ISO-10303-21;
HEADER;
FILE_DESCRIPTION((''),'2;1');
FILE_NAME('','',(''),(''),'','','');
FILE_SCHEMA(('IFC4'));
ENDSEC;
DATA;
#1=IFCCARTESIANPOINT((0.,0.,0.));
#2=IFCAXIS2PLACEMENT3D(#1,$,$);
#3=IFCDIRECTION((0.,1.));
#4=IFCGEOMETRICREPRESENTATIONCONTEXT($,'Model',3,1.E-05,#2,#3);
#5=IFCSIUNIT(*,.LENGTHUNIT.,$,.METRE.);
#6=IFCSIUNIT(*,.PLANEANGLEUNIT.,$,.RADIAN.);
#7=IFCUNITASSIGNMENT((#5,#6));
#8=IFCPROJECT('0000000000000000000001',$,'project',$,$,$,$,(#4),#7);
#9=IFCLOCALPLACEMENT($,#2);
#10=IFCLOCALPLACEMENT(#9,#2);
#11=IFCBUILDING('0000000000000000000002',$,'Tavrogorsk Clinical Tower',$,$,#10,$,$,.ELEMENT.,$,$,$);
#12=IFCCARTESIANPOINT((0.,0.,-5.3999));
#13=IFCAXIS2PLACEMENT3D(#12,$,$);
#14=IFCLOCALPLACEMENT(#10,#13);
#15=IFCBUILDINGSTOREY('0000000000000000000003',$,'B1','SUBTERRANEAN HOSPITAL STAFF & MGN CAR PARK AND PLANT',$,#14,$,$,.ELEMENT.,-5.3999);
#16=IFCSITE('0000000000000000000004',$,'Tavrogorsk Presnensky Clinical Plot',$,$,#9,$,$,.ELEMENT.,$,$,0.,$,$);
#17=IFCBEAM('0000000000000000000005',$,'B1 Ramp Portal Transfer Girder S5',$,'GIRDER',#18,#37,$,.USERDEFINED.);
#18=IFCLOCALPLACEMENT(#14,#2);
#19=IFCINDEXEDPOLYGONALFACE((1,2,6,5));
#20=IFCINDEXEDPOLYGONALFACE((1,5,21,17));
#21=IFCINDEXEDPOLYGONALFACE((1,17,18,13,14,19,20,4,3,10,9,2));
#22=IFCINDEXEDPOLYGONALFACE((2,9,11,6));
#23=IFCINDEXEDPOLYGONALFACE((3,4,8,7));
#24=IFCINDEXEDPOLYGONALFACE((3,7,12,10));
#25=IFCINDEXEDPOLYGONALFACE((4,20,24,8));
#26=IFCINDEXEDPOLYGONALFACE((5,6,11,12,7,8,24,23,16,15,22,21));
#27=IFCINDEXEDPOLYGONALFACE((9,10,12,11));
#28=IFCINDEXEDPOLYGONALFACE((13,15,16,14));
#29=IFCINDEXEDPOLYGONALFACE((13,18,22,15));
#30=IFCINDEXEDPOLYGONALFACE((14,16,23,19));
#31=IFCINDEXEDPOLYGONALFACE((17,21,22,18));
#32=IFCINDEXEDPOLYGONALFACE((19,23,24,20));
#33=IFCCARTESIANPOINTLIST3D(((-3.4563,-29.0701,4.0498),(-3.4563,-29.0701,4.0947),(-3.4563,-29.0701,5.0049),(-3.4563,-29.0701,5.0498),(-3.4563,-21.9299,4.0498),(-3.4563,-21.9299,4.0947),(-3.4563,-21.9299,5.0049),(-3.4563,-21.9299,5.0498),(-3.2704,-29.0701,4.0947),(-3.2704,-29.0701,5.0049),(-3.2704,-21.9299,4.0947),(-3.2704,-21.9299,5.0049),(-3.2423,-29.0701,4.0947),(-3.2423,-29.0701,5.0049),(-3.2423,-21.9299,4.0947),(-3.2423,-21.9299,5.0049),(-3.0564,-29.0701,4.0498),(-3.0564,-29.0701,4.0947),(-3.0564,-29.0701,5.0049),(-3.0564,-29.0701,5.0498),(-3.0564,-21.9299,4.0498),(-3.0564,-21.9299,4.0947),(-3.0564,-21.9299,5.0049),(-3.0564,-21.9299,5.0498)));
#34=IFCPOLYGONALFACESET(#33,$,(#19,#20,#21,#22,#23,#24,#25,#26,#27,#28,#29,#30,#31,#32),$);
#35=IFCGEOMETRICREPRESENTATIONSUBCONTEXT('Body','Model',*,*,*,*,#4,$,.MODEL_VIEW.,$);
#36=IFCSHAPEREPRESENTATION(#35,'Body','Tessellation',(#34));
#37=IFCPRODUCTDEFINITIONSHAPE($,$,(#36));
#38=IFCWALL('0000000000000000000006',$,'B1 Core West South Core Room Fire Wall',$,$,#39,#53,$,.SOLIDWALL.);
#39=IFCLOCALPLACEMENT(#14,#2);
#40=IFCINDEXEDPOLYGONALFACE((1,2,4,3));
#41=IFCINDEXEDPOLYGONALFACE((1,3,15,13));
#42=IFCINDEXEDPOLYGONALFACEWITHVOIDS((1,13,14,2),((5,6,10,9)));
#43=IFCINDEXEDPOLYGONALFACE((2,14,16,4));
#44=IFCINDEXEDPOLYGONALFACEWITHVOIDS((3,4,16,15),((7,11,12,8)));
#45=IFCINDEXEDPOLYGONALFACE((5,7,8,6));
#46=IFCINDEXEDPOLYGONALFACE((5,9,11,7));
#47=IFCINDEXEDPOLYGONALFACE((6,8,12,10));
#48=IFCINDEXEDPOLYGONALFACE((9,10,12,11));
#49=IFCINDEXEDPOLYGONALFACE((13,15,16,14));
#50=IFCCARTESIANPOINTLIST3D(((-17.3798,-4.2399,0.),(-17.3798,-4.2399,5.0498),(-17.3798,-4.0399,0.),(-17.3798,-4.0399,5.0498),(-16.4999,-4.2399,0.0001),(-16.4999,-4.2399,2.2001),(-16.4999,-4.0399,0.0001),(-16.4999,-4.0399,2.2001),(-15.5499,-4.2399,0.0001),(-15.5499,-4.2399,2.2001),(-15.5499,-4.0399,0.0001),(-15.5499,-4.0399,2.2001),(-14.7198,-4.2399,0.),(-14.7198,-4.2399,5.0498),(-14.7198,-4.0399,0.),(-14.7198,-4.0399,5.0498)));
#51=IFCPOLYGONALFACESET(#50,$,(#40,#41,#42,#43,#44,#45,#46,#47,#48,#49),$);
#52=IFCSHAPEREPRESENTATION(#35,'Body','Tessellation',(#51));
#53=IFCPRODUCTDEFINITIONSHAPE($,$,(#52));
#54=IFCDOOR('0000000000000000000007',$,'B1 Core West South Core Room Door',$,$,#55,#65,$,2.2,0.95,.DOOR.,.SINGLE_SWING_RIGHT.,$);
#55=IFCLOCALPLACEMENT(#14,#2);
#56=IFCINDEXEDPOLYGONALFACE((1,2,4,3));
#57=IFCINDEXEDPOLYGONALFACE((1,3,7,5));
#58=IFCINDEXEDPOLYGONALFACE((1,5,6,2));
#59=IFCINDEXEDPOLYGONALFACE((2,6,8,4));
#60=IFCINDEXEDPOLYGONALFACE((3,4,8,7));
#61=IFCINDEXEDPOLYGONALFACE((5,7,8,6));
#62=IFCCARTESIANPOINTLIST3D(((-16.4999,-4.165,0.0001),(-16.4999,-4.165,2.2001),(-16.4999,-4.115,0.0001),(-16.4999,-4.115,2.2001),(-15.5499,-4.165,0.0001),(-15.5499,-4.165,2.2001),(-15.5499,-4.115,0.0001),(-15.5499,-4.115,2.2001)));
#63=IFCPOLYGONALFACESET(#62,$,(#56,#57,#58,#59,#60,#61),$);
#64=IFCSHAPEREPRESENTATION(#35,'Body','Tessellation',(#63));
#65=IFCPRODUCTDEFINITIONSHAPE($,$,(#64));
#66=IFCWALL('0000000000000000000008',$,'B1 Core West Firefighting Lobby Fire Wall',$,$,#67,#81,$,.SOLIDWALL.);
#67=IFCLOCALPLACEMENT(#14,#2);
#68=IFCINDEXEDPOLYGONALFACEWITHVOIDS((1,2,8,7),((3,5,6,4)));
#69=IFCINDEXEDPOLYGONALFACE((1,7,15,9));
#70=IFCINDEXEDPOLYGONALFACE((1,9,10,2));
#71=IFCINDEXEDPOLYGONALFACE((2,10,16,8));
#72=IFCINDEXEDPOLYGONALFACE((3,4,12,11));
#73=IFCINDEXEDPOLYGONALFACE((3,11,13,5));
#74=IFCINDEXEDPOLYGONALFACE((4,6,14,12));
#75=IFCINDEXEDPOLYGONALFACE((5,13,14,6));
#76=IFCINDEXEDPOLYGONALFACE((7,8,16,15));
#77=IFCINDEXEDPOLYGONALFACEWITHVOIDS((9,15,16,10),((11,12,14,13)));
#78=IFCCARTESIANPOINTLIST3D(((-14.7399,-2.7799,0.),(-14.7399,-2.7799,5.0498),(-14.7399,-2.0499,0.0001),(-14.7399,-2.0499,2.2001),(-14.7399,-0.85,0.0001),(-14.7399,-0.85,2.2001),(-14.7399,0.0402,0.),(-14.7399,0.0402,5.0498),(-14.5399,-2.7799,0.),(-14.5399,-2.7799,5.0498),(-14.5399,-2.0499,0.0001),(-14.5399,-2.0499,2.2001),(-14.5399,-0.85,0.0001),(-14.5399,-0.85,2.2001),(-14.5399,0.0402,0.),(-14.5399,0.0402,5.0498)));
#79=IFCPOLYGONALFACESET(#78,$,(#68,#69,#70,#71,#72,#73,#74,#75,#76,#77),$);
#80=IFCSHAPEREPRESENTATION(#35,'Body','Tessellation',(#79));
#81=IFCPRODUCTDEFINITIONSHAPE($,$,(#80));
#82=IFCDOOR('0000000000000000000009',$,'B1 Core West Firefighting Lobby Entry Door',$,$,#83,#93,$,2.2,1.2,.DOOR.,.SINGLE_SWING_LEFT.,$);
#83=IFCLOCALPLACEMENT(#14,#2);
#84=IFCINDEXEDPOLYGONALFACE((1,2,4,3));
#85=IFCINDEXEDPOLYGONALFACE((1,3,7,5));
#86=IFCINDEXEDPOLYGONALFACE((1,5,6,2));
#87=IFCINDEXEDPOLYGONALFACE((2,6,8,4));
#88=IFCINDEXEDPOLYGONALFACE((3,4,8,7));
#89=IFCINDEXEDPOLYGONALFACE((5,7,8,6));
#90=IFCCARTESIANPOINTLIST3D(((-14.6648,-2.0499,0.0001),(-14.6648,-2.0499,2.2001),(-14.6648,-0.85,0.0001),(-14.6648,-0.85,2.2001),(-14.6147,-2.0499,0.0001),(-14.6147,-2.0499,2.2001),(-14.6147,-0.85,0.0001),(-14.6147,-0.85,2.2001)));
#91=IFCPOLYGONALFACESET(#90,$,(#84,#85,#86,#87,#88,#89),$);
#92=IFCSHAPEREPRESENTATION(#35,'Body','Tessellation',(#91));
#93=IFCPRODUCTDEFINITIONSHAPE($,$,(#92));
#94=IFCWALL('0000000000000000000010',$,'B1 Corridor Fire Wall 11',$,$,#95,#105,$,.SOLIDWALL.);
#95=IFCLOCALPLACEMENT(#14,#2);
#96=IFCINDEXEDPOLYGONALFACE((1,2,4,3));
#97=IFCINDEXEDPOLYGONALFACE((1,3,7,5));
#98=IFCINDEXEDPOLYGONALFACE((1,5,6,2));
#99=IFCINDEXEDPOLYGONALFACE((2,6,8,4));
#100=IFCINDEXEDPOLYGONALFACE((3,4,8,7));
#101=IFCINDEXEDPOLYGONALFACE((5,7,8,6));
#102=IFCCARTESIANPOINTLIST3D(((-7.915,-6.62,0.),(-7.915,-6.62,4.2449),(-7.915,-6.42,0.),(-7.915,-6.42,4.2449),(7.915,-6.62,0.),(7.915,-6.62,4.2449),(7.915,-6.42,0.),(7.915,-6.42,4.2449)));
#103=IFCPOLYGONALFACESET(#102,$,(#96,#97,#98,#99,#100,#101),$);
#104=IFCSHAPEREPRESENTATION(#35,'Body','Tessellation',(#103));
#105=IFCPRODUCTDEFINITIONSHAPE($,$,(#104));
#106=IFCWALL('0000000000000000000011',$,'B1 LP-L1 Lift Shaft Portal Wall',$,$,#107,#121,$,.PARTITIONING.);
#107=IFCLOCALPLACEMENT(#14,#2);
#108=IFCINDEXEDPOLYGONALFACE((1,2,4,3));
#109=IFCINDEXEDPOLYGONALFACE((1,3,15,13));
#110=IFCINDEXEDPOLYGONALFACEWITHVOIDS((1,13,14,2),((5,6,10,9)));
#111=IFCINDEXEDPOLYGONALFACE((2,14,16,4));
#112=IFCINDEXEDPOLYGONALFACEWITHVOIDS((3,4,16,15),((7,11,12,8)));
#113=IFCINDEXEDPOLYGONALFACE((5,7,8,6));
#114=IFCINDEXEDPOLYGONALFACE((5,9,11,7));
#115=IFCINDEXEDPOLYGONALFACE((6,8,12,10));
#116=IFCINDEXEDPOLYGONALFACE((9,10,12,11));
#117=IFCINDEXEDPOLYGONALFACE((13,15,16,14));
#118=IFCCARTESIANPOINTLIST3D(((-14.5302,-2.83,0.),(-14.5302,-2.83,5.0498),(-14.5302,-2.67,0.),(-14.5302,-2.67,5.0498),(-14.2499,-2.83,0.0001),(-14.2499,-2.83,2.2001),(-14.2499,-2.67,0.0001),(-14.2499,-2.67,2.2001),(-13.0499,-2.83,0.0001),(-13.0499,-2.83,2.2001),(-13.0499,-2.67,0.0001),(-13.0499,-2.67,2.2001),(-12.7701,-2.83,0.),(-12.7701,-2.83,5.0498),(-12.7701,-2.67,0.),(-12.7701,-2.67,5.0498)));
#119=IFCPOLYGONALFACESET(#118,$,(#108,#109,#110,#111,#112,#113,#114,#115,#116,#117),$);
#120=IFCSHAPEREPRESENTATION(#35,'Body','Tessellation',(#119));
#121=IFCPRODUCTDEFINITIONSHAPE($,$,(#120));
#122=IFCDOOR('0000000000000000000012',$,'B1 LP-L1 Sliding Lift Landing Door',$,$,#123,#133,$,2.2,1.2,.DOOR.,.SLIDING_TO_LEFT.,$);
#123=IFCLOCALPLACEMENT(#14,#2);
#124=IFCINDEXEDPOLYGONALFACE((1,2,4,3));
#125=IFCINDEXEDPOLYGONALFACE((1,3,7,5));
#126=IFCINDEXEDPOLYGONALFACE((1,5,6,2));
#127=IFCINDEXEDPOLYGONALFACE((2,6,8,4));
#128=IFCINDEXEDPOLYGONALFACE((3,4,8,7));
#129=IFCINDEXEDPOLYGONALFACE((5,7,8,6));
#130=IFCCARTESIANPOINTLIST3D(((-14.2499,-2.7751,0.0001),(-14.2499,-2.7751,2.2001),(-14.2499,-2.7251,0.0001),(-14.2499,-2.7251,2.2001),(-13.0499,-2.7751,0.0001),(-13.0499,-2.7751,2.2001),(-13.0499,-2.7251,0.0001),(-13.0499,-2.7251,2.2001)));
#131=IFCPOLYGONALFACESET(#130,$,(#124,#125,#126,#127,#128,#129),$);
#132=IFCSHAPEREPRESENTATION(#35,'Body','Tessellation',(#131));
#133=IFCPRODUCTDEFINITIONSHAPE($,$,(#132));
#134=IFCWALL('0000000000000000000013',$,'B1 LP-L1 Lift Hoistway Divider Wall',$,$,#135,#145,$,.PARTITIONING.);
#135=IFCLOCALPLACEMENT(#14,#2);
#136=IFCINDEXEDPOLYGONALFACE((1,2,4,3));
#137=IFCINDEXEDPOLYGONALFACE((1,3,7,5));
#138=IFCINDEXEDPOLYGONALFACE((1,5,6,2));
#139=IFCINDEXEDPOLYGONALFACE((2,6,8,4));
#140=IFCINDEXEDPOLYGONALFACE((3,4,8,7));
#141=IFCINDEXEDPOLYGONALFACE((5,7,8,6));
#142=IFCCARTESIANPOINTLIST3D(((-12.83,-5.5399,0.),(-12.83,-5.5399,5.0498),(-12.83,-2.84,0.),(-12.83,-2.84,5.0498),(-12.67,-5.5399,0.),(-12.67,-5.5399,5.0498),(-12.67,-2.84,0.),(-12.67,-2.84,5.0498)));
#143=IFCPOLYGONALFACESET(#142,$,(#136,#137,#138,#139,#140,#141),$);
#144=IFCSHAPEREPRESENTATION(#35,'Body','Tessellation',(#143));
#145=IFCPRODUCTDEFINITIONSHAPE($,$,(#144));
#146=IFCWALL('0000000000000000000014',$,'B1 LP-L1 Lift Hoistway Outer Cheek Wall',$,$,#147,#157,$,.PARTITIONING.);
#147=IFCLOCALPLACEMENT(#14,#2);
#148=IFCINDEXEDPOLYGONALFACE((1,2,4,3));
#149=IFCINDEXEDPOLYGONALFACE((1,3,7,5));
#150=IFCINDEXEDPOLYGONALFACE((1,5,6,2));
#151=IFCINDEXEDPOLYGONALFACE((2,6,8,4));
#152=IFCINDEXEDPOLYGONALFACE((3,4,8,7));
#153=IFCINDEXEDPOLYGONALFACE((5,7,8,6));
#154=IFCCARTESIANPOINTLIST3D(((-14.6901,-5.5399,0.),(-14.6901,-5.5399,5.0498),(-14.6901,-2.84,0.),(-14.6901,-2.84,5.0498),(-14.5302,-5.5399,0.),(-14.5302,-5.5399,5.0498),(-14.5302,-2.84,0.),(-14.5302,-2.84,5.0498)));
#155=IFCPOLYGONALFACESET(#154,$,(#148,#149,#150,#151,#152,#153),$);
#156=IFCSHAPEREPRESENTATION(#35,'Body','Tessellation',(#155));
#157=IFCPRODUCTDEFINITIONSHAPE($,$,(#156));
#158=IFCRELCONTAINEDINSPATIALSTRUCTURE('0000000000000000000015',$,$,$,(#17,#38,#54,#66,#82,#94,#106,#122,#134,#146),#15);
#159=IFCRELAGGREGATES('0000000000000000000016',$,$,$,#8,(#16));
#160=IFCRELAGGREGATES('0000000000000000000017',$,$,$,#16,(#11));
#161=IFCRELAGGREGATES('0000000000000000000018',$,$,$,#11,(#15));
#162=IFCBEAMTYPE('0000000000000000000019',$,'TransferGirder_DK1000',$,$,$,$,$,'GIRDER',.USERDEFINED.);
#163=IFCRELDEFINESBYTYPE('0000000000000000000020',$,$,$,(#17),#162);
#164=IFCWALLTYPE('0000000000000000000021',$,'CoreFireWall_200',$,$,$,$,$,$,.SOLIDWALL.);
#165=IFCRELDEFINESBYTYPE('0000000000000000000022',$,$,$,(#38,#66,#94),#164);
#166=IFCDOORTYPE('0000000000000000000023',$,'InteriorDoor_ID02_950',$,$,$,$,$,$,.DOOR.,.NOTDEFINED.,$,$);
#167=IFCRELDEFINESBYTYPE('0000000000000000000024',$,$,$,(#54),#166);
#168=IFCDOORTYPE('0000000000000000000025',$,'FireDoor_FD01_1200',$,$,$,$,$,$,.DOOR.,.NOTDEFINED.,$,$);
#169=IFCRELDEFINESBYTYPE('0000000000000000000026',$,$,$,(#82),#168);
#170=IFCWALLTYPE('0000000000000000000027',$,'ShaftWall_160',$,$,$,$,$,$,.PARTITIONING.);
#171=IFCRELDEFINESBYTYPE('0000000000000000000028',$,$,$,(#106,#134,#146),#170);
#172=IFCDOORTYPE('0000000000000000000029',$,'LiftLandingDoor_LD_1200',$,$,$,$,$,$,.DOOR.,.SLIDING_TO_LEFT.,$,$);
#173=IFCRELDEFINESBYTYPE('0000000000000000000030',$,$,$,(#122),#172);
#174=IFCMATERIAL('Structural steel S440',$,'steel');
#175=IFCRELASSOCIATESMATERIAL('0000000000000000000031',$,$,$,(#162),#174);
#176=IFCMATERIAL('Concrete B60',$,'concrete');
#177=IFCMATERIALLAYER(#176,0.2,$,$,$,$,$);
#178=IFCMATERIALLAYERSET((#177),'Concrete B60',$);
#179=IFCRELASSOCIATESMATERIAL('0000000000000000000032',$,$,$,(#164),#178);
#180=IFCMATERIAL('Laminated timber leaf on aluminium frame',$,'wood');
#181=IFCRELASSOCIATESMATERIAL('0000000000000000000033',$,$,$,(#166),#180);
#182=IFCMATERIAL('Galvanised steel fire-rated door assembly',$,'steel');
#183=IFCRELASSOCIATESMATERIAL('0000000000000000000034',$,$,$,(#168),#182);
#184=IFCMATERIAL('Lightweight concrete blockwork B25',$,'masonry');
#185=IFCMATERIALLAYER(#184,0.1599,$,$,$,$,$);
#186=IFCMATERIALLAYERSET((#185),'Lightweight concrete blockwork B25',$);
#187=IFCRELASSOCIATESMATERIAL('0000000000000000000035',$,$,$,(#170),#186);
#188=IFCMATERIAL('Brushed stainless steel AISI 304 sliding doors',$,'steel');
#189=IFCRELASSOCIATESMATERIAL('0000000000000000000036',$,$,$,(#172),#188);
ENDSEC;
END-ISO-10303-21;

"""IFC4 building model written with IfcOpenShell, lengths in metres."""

from ifc_helpers import new_model, si_unit, direction, frame, frame_2d, origin, origin_2d, place, context, subcontext, project, spatial, rectangle, i_section, extrude, material, layer, layer_set, material_profile, profile_set, type_object, element, fill, save


model = new_model("IFC4")

# Units and contexts
model_context = context("Model", 3, precision=1e-05, world=origin(), true_north=direction((0.0, 1.0)))
body_context = subcontext(model_context, "Body", "Model", "MODEL_VIEW")
ifc_project = project(units=[si_unit("LENGTHUNIT", "METRE"), si_unit("PLANEANGLEUNIT", "RADIAN")], contexts=[model_context])

# Site, building, storey
site_placement = place(None, origin())
site = spatial("IfcSite", under=ifc_project, at=site_placement, Name="Tavrogorsk Presnensky Clinical Plot", CompositionType="ELEMENT", RefElevation=0.0)
building_placement = place(site_placement, origin())
building = spatial("IfcBuilding", under=site, at=building_placement, Name="Tavrogorsk Clinical Tower", CompositionType="ELEMENT")
storey_placement = place(building_placement, frame((0.0, 0.0, -5.3999)))
storey = spatial("IfcBuildingStorey", under=building, at=storey_placement, Name="B1", Description="SUBTERRANEAN HOSPITAL STAFF & MGN CAR PARK AND PLANT", CompositionType="ELEMENT", Elevation=-5.3999)

# Beam
ifc_material_1 = material(Name="Structural steel S440", Category="steel")
ifc_material_profile_1 = material_profile(ifc_material_1, i_section(OverallWidth=0.3999, OverallDepth=1.0, WebThickness=0.0281, FlangeThickness=0.0449, at=origin_2d()), Name="DK-1000x400x28x45")
ifc_profile_set_1 = profile_set([ifc_material_profile_1], Name="Structural steel S440")
beam_type_1 = type_object("IfcBeamType", Name="TransferGirder_DK1000", ElementType="GIRDER", PredefinedType="USERDEFINED", material=ifc_profile_set_1)
for number, where, z_axis, x_axis, name in (
    (1, (-3.2563, -29.0701, 4.5498), (0.0, 1.0, 0.0), (-1.0, 0.0, 0.0), "B1 Ramp Portal Transfer Girder S5"),
):
    element("IfcBeam", number, at=place(storey_placement, frame(where, z_axis=z_axis, x_axis=x_axis)), inside=storey, type_object=beam_type_1, Name=name, ObjectType="GIRDER", PredefinedType="USERDEFINED", context=body_context, shape_type="SweptSolid", body=[
        extrude(i_section(OverallWidth=0.3999, OverallDepth=1.0, WebThickness=0.0281, FlangeThickness=0.0449, at=origin_2d()), origin(), (0.0, 0.0, 1.0), 7.1401),
    ])

# Walls, openings, doors
ifc_material_2 = material(Name="Concrete B60", Category="concrete")
ifc_layer_1 = layer(ifc_material_2, 0.2)
ifc_layer_set_1 = layer_set([ifc_layer_1], Name="Concrete B60")
wall_type_1 = type_object("IfcWallType", Name="CoreFireWall_200", PredefinedType="SOLIDWALL", material=ifc_layer_set_1)
wall_1_placement = place(storey_placement, frame((-17.3799, -4.1399, 0.0), z_axis=(0.0, 0.0, 1.0), x_axis=(1.0, 0.0, 0.0)))
wall_1 = element("IfcWall", 2, at=wall_1_placement, inside=storey, type_object=wall_type_1, Name="B1 Core West South Core Room Fire Wall", PredefinedType="SOLIDWALL", context=body_context, shape_type="SweptSolid", body=[
    extrude(rectangle(XDim=2.6599, YDim=0.2, at=frame_2d((1.3301, 0.0))), origin(), (0.0, 0.0, 1.0), 5.0498),
])
opening_1_placement = place(wall_1_placement, frame((0.8799, 0.0, 0.0)))
opening_1 = element("IfcOpeningElement", 3, at=opening_1_placement, cuts=wall_1, PredefinedType="OPENING", context=body_context, shape_type="SweptSolid", body=[
    extrude(rectangle(XDim=0.95, YDim=2.2, at=frame_2d((0.4751, 1.1001))), frame((0.0, 0.1099, 0.0), z_axis=(0.0, -1.0, 0.0), x_axis=(1.0, 0.0, 0.0)), (0.0, 0.0, 1.0), 0.22),
])
ifc_material_3 = material(Name="Laminated timber leaf on aluminium frame", Category="wood")
door_type_1 = type_object("IfcDoorType", Name="InteriorDoor_ID02_950", OperationType="NOTDEFINED", PredefinedType="DOOR", material=ifc_material_3)
door_1_placement = place(opening_1_placement, origin())
door_1 = element("IfcDoor", 4, at=door_1_placement, inside=storey, type_object=door_type_1, Name="B1 Core West South Core Room Door", OperationType="SINGLE_SWING_RIGHT", OverallHeight=2.2, OverallWidth=0.95, PredefinedType="DOOR", context=body_context, shape_type="SweptSolid", body=[
    extrude(rectangle(XDim=0.95, YDim=2.2, at=frame_2d((0.4751, 1.1001))), frame((0.0, 0.0249, 0.0), z_axis=(0.0, -1.0, 0.0), x_axis=(1.0, 0.0, 0.0)), (0.0, 0.0, 1.0), 0.05),
])
fill(opening_1, door_1)
wall_2_placement = place(storey_placement, frame((-14.6399, -2.78, 0.0), z_axis=(0.0, 0.0, 1.0), x_axis=(0.0, 1.0, 0.0)))
wall_2 = element("IfcWall", 5, at=wall_2_placement, inside=storey, type_object=wall_type_1, Name="B1 Core West Firefighting Lobby Fire Wall", PredefinedType="SOLIDWALL", context=body_context, shape_type="SweptSolid", body=[
    extrude(rectangle(XDim=2.8201, YDim=0.2, at=frame_2d((1.4102, 0.0))), origin(), (0.0, 0.0, 1.0), 5.0498),
])
opening_2_placement = place(wall_2_placement, frame((0.73, 0.0, 0.0)))
opening_2 = element("IfcOpeningElement", 6, at=opening_2_placement, cuts=wall_2, PredefinedType="OPENING", context=body_context, shape_type="SweptSolid", body=[
    extrude(rectangle(XDim=1.2, YDim=2.2, at=frame_2d((0.6001, 1.1001))), frame((0.0, 0.1099, 0.0), z_axis=(0.0, -1.0, 0.0), x_axis=(1.0, 0.0, 0.0)), (0.0, 0.0, 1.0), 0.22),
])
ifc_material_4 = material(Name="Galvanised steel fire-rated door assembly", Category="steel")
door_type_2 = type_object("IfcDoorType", Name="FireDoor_FD01_1200", OperationType="NOTDEFINED", PredefinedType="DOOR", material=ifc_material_4)
door_2_placement = place(opening_2_placement, origin())
door_2 = element("IfcDoor", 7, at=door_2_placement, inside=storey, type_object=door_type_2, Name="B1 Core West Firefighting Lobby Entry Door", OperationType="SINGLE_SWING_LEFT", OverallHeight=2.2, OverallWidth=1.2, PredefinedType="DOOR", context=body_context, shape_type="SweptSolid", body=[
    extrude(rectangle(XDim=1.2, YDim=2.2, at=frame_2d((0.6001, 1.1001))), frame((0.0, 0.0249, 0.0), z_axis=(0.0, -1.0, 0.0), x_axis=(1.0, 0.0, 0.0)), (0.0, 0.0, 1.0), 0.05),
])
fill(opening_2, door_2)

# Wall
wall_3_placement = place(storey_placement, frame((-7.915, -6.52, 0.0), z_axis=(0.0, 0.0, 1.0), x_axis=(1.0, 0.0, 0.0)))
element("IfcWall", 8, at=wall_3_placement, inside=storey, type_object=wall_type_1, Name="B1 Corridor Fire Wall 11", PredefinedType="SOLIDWALL", context=body_context, shape_type="SweptSolid", body=[
    extrude(rectangle(XDim=15.8301, YDim=0.2, at=frame_2d((7.915, 0.0))), origin(), (0.0, 0.0, 1.0), 4.2449),
])

# Wall, opening, door
ifc_material_5 = material(Name="Lightweight concrete blockwork B25", Category="masonry")
ifc_layer_2 = layer(ifc_material_5, 0.1599)
ifc_layer_set_2 = layer_set([ifc_layer_2], Name="Lightweight concrete blockwork B25")
wall_type_2 = type_object("IfcWallType", Name="ShaftWall_160", PredefinedType="PARTITIONING", material=ifc_layer_set_2)
wall_4_placement = place(storey_placement, frame((-14.53, -2.75, 0.0), z_axis=(0.0, 0.0, 1.0), x_axis=(1.0, 0.0, 0.0)))
wall_4 = element("IfcWall", 9, at=wall_4_placement, inside=storey, type_object=wall_type_2, Name="B1 LP-L1 Lift Shaft Portal Wall", PredefinedType="PARTITIONING", context=body_context, shape_type="SweptSolid", body=[
    extrude(rectangle(XDim=1.76, YDim=0.1599, at=frame_2d((0.8799, 0.0))), origin(), (0.0, 0.0, 1.0), 5.0498),
])
opening_3_placement = place(wall_4_placement, frame((0.28, 0.0, 0.0)))
opening_3 = element("IfcOpeningElement", 10, at=opening_3_placement, cuts=wall_4, PredefinedType="OPENING", context=body_context, shape_type="SweptSolid", body=[
    extrude(rectangle(XDim=1.2, YDim=2.2, at=frame_2d((0.6001, 1.1001))), frame((0.0, 0.0898, 0.0), z_axis=(0.0, -1.0, 0.0), x_axis=(1.0, 0.0, 0.0)), (0.0, 0.0, 1.0), 0.1799),
])
ifc_material_6 = material(Name="Brushed stainless steel AISI 304 sliding doors", Category="steel")
door_type_3 = type_object("IfcDoorType", Name="LiftLandingDoor_LD_1200", OperationType="SLIDING_TO_LEFT", PredefinedType="DOOR", material=ifc_material_6)
door_3_placement = place(opening_3_placement, origin())
door_3 = element("IfcDoor", 11, at=door_3_placement, inside=storey, type_object=door_type_3, Name="B1 LP-L1 Sliding Lift Landing Door", OperationType="SLIDING_TO_LEFT", OverallHeight=2.2, OverallWidth=1.2, PredefinedType="DOOR", context=body_context, shape_type="SweptSolid", body=[
    extrude(rectangle(XDim=1.2, YDim=2.2, at=frame_2d((0.6001, 1.1001))), frame((0.0, 0.0249, 0.0), z_axis=(0.0, -1.0, 0.0), x_axis=(1.0, 0.0, 0.0)), (0.0, 0.0, 1.0), 0.05),
])
fill(opening_3, door_3)

# Walls
for number, where, z_axis, x_axis, name in (
    (12, (-12.75, -5.54, 0.0), (0.0, 0.0, 1.0), (0.0, 1.0, 0.0), "B1 LP-L1 Lift Hoistway Divider Wall"),
    (13, (-14.6101, -5.54, 0.0), (0.0, 0.0, 1.0), (0.0, 1.0, 0.0), "B1 LP-L1 Lift Hoistway Outer Cheek Wall"),
):
    element("IfcWall", number, at=place(storey_placement, frame(where, z_axis=z_axis, x_axis=x_axis)), inside=storey, type_object=wall_type_2, Name=name, PredefinedType="PARTITIONING", context=body_context, shape_type="SweptSolid", body=[
        extrude(rectangle(XDim=2.7, YDim=0.1599, at=frame_2d((1.3501, 0.0))), origin(), (0.0, 0.0, 1.0), 5.0498),
    ])

save(model, "model.ifc")
